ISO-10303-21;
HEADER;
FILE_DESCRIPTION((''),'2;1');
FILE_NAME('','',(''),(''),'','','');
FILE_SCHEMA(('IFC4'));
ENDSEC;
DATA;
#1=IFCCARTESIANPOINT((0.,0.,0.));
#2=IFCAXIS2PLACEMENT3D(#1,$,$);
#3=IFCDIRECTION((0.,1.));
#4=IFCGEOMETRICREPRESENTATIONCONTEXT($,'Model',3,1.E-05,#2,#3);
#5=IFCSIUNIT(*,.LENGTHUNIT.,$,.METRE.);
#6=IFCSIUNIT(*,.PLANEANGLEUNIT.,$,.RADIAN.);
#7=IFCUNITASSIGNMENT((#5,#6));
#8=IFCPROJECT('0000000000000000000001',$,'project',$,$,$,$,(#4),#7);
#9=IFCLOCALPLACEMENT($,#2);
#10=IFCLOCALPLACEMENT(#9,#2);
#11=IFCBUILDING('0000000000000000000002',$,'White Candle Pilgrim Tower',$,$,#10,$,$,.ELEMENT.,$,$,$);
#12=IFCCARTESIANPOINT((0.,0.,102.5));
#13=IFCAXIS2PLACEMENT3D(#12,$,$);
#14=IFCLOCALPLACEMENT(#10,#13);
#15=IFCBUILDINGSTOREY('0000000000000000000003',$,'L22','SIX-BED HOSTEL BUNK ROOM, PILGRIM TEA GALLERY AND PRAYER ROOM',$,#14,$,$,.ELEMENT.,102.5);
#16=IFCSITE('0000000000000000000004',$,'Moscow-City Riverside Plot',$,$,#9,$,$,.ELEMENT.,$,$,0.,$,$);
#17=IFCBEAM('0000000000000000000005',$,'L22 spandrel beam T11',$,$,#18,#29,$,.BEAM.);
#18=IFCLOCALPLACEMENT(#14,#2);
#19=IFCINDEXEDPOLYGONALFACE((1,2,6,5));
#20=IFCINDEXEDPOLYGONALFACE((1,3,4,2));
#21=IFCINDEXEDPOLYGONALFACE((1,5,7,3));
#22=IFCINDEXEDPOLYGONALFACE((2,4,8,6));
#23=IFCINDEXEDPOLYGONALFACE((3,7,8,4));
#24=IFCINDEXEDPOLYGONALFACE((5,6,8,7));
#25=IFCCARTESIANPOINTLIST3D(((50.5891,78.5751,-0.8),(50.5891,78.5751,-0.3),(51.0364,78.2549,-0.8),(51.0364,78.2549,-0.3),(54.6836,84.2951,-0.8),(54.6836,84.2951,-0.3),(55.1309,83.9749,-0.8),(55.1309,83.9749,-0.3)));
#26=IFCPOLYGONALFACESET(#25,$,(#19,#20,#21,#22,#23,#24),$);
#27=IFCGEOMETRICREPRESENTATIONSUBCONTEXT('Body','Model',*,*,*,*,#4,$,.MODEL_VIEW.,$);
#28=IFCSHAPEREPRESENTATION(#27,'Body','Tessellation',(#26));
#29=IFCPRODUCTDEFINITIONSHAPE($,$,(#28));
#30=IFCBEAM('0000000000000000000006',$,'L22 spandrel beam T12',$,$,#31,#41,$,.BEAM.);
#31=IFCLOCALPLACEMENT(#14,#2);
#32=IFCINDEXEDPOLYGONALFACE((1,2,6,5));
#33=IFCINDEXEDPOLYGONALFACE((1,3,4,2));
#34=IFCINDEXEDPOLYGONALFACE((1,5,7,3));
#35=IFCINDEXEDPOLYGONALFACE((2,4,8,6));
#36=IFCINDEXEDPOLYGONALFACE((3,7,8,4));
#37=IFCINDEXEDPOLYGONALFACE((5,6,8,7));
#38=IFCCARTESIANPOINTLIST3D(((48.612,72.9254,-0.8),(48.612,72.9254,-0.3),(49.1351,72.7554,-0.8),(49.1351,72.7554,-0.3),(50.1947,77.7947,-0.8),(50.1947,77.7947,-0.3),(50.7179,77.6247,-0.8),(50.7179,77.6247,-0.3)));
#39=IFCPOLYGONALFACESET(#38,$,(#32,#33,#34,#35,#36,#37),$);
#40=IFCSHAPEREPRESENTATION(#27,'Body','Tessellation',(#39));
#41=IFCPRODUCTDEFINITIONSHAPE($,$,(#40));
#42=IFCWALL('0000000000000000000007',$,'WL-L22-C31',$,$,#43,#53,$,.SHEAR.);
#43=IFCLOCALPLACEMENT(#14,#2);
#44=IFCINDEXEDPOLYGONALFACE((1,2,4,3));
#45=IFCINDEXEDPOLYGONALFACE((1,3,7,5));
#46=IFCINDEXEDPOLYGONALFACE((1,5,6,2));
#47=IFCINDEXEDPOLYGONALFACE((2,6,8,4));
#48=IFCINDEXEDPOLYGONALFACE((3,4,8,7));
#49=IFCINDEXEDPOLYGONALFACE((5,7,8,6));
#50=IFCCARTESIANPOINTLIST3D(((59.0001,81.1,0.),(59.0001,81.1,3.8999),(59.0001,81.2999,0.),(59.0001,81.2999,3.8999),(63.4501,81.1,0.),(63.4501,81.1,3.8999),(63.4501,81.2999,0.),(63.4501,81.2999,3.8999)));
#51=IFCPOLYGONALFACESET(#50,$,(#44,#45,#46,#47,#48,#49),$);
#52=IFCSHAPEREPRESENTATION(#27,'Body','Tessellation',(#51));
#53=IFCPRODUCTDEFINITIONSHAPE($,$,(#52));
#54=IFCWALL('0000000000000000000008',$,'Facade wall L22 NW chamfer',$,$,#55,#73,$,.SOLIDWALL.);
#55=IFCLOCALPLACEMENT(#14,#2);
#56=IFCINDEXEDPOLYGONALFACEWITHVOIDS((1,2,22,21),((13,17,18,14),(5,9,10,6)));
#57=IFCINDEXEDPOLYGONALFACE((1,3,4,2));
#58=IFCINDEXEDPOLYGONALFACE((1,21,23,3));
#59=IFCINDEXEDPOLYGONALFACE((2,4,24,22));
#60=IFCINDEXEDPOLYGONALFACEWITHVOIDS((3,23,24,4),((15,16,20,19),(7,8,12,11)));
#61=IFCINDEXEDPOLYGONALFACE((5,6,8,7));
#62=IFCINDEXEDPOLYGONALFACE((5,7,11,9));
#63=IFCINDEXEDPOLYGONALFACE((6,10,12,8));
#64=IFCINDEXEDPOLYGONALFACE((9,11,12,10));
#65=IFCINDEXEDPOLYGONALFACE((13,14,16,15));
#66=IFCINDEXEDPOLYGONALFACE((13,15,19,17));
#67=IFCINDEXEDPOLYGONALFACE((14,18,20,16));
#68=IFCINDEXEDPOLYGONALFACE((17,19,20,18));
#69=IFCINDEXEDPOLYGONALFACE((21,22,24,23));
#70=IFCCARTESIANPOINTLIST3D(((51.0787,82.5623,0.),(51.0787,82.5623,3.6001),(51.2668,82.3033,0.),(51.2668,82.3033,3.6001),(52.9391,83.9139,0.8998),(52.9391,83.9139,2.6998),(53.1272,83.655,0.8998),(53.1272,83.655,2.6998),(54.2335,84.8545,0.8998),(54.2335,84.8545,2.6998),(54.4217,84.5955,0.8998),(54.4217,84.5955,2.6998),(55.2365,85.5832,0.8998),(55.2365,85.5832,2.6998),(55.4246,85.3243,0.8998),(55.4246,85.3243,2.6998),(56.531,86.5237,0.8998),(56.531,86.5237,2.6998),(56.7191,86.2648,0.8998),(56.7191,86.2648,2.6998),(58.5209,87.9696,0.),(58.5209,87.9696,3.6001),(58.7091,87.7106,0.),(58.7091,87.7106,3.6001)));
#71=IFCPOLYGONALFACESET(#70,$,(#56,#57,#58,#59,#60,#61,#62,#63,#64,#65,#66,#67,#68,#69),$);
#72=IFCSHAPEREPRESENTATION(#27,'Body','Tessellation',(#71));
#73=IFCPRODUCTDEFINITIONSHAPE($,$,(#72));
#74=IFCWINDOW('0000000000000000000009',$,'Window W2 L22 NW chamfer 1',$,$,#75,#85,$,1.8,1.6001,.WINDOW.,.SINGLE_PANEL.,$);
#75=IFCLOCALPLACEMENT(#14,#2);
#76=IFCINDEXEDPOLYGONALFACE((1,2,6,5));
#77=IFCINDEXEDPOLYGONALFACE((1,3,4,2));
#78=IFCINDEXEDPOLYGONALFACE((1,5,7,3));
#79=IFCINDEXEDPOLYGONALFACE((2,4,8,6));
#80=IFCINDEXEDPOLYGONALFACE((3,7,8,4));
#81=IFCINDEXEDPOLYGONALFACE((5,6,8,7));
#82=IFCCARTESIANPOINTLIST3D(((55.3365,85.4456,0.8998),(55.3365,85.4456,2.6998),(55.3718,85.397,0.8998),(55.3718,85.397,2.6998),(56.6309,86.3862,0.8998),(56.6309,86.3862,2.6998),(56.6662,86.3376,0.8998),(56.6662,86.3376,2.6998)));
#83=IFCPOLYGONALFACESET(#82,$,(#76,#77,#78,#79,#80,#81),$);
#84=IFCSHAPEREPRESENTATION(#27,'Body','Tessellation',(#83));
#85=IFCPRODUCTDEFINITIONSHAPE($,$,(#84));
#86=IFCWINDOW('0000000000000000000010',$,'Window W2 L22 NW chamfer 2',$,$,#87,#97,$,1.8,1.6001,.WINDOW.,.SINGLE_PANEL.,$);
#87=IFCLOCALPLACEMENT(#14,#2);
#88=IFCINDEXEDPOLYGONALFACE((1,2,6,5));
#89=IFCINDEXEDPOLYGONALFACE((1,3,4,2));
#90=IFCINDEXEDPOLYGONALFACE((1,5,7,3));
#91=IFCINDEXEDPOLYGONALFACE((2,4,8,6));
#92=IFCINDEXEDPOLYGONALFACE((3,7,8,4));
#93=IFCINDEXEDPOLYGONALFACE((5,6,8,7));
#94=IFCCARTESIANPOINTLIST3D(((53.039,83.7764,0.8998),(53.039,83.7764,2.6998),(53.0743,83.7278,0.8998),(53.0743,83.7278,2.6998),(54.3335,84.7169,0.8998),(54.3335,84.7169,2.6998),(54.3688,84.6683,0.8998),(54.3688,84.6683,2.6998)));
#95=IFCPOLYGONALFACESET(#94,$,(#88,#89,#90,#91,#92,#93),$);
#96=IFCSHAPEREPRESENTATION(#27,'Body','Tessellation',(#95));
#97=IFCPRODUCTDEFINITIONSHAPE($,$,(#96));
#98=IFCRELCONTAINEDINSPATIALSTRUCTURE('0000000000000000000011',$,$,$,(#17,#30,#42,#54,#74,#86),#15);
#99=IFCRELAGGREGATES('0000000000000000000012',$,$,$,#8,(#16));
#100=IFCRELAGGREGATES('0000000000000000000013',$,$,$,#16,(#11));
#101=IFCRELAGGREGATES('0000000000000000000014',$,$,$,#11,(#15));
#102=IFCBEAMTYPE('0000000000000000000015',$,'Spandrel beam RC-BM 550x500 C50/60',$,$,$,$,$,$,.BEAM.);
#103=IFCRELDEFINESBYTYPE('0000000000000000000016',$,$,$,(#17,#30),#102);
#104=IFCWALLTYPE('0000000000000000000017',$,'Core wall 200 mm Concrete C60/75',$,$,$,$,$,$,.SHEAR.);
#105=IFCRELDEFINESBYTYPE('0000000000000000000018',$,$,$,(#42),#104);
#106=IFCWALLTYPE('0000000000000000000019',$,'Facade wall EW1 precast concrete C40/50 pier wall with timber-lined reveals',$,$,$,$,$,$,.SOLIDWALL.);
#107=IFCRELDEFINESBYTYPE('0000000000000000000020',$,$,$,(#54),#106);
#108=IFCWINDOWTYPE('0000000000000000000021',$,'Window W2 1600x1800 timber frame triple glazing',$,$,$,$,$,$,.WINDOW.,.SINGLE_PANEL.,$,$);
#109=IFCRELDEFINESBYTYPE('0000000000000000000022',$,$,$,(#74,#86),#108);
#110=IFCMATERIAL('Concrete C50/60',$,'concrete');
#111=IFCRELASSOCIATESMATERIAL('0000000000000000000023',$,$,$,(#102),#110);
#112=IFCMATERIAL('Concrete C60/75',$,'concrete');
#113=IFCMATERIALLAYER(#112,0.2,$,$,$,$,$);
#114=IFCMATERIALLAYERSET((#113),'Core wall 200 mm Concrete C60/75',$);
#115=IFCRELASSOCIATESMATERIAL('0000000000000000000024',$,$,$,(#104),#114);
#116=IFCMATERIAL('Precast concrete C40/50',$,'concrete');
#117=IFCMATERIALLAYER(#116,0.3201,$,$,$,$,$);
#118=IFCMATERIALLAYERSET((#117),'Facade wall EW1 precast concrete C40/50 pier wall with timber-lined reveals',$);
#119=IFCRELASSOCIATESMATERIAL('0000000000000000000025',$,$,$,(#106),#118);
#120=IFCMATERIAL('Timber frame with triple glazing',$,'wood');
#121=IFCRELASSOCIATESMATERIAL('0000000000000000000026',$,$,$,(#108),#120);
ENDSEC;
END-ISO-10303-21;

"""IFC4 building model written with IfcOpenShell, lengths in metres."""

from ifc_helpers import new_model, si_unit, direction, frame, frame_2d, origin, origin_2d, place, context, subcontext, project, spatial, rectangle, extrude, material, layer, layer_set, material_profile, profile_set, type_object, element, fill, save


model = new_model("IFC4")

# Units and contexts
model_context = context("Model", 3, precision=1e-05, world=origin(), true_north=direction((0.0, 1.0)))
body_context = subcontext(model_context, "Body", "Model", "MODEL_VIEW")
ifc_project = project(units=[si_unit("LENGTHUNIT", "METRE"), si_unit("PLANEANGLEUNIT", "RADIAN")], contexts=[model_context])

# Site, building, storey
site_placement = place(None, origin())
site = spatial("IfcSite", under=ifc_project, at=site_placement, Name="Moscow-City Riverside Plot", CompositionType="ELEMENT", RefElevation=0.0)
building_placement = place(site_placement, origin())
building = spatial("IfcBuilding", under=site, at=building_placement, Name="White Candle Pilgrim Tower", CompositionType="ELEMENT")
storey_placement = place(building_placement, frame((0.0, 0.0, 102.5)))
storey = spatial("IfcBuildingStorey", under=building, at=storey_placement, Name="L22", Description="SIX-BED HOSTEL BUNK ROOM, PILGRIM TEA GALLERY AND PRAYER ROOM", CompositionType="ELEMENT", Elevation=102.5)

# Beams
ifc_material_1 = material(Name="Concrete C50/60", Category="concrete")
ifc_material_profile_1 = material_profile(ifc_material_1, rectangle(XDim=0.55, YDim=0.5, at=origin_2d()), Name="RC-BM 550x500")
ifc_profile_set_1 = profile_set([ifc_material_profile_1], Name="Concrete C50/60")
beam_type = type_object("IfcBeamType", Name="Spandrel beam RC-BM 550x500 C50/60", PredefinedType="BEAM", material=ifc_profile_set_1)
beam_1_placement = place(storey_placement, frame((54.9072, 84.135, -0.55), z_axis=(-0.582065, -0.813142, 0.0), x_axis=(0.813142, -0.582065, 0.0)))
element("IfcBeam", 1, at=beam_1_placement, inside=storey, type_object=beam_type, Name="L22 spandrel beam T11", PredefinedType="BEAM", context=body_context, shape_type="SweptSolid", body=[
    extrude(rectangle(XDim=0.55, YDim=0.5, at=origin_2d()), origin(), (0.0, 0.0, 1.0), 7.0344),
])
beam_2_placement = place(storey_placement, frame((50.4563, 77.7097, -0.55), z_axis=(-0.309124, -0.951022, 0.0), x_axis=(0.951022, -0.309124, 0.0)))
element("IfcBeam", 2, at=beam_2_placement, inside=storey, type_object=beam_type, Name="L22 spandrel beam T12", PredefinedType="BEAM", context=body_context, shape_type="SweptSolid", body=[
    extrude(rectangle(XDim=0.55, YDim=0.5, at=origin_2d()), origin(), (0.0, 0.0, 1.0), 5.1201),
])

# Wall
ifc_material_2 = material(Name="Concrete C60/75", Category="concrete")
ifc_layer_1 = layer(ifc_material_2, 0.2)
ifc_layer_set_1 = layer_set([ifc_layer_1], Name="Core wall 200 mm Concrete C60/75")
wall_type_1 = type_object("IfcWallType", Name="Core wall 200 mm Concrete C60/75", PredefinedType="SHEAR", material=ifc_layer_set_1)
wall_1_placement = place(storey_placement, frame((59.0, 81.2, 0.0), z_axis=(0.0, 0.0, 1.0), x_axis=(1.0, 0.0, 0.0)))
element("IfcWall", 3, at=wall_1_placement, inside=storey, type_object=wall_type_1, Name="WL-L22-C31", PredefinedType="SHEAR", context=body_context, shape_type="SweptSolid", body=[
    extrude(rectangle(XDim=4.45, YDim=0.2, at=frame_2d((2.2251, 0.0))), origin(), (0.0, 0.0, 1.0), 3.8999),
])

# Wall, openings, windows
ifc_material_3 = material(Name="Precast concrete C40/50", Category="concrete")
ifc_layer_2 = layer(ifc_material_3, 0.3201)
ifc_layer_set_2 = layer_set([ifc_layer_2], Name="Facade wall EW1 precast concrete C40/50 pier wall with timber-lined reveals")
wall_type_2 = type_object("IfcWallType", Name="Facade wall EW1 precast concrete C40/50 pier wall with timber-lined reveals", PredefinedType="SOLIDWALL", material=ifc_layer_set_2)
wall_2_placement = place(storey_placement, frame((58.615, 87.8401, 0.0), z_axis=(0.0, 0.0, 1.0), x_axis=(-0.809007, -0.587799, 0.0)))
wall_2 = element("IfcWall", 4, at=wall_2_placement, inside=storey, type_object=wall_type_2, Name="Facade wall L22 NW chamfer", PredefinedType="SOLIDWALL", context=body_context, shape_type="SweptSolid", body=[
    extrude(rectangle(XDim=9.1992, YDim=0.3201, at=frame_2d((4.5996, 0.0))), origin(), (0.0, 0.0, 1.0), 3.6001),
])
opening_1_placement = place(wall_2_placement, frame((2.4597, 0.0, 0.8999)))
opening_1 = element("IfcOpeningElement", 5, at=opening_1_placement, cuts=wall_2, PredefinedType="OPENING", context=body_context, shape_type="SweptSolid", body=[
    extrude(rectangle(XDim=1.6001, YDim=1.8, at=frame_2d((0.8, 0.8999))), frame((0.0, 0.1699, 0.0), z_axis=(0.0, -1.0, 0.0), x_axis=(1.0, 0.0, 0.0)), (0.0, 0.0, 1.0), 0.3401),
])
opening_2_placement = place(wall_2_placement, frame((5.2996, 0.0, 0.8999)))
opening_2 = element("IfcOpeningElement", 6, at=opening_2_placement, cuts=wall_2, PredefinedType="OPENING", context=body_context, shape_type="SweptSolid", body=[
    extrude(rectangle(XDim=1.6001, YDim=1.8, at=frame_2d((0.8, 0.8999))), frame((0.0, 0.1699, 0.0), z_axis=(0.0, -1.0, 0.0), x_axis=(1.0, 0.0, 0.0)), (0.0, 0.0, 1.0), 0.3401),
])
ifc_material_4 = material(Name="Timber frame with triple glazing", Category="wood")
window_type_1 = type_object("IfcWindowType", Name="Window W2 1600x1800 timber frame triple glazing", PartitioningType="SINGLE_PANEL", PredefinedType="WINDOW", material=ifc_material_4)
window_1_placement = place(opening_1_placement, origin())
window_1 = element("IfcWindow", 7, at=window_1_placement, inside=storey, type_object=window_type_1, Name="Window W2 L22 NW chamfer 1", OverallHeight=1.8, OverallWidth=1.6001, PartitioningType="SINGLE_PANEL", PredefinedType="WINDOW", context=body_context, shape_type="SweptSolid", body=[
    extrude(rectangle(XDim=1.6001, YDim=1.8, at=frame_2d((0.8, 0.8999))), frame((0.0, 0.0701, 0.0), z_axis=(0.0, -1.0, 0.0), x_axis=(1.0, 0.0, 0.0)), (0.0, 0.0, 1.0), 0.0601),
])
fill(opening_1, window_1)
window_2_placement = place(opening_2_placement, origin())
window_2 = element("IfcWindow", 8, at=window_2_placement, inside=storey, type_object=window_type_1, Name="Window W2 L22 NW chamfer 2", OverallHeight=1.8, OverallWidth=1.6001, PartitioningType="SINGLE_PANEL", PredefinedType="WINDOW", context=body_context, shape_type="SweptSolid", body=[
    extrude(rectangle(XDim=1.6001, YDim=1.8, at=frame_2d((0.8, 0.8999))), frame((0.0, 0.0701, 0.0), z_axis=(0.0, -1.0, 0.0), x_axis=(1.0, 0.0, 0.0)), (0.0, 0.0, 1.0), 0.0601),
])
fill(opening_2, window_2)

save(model, "model.ifc")
